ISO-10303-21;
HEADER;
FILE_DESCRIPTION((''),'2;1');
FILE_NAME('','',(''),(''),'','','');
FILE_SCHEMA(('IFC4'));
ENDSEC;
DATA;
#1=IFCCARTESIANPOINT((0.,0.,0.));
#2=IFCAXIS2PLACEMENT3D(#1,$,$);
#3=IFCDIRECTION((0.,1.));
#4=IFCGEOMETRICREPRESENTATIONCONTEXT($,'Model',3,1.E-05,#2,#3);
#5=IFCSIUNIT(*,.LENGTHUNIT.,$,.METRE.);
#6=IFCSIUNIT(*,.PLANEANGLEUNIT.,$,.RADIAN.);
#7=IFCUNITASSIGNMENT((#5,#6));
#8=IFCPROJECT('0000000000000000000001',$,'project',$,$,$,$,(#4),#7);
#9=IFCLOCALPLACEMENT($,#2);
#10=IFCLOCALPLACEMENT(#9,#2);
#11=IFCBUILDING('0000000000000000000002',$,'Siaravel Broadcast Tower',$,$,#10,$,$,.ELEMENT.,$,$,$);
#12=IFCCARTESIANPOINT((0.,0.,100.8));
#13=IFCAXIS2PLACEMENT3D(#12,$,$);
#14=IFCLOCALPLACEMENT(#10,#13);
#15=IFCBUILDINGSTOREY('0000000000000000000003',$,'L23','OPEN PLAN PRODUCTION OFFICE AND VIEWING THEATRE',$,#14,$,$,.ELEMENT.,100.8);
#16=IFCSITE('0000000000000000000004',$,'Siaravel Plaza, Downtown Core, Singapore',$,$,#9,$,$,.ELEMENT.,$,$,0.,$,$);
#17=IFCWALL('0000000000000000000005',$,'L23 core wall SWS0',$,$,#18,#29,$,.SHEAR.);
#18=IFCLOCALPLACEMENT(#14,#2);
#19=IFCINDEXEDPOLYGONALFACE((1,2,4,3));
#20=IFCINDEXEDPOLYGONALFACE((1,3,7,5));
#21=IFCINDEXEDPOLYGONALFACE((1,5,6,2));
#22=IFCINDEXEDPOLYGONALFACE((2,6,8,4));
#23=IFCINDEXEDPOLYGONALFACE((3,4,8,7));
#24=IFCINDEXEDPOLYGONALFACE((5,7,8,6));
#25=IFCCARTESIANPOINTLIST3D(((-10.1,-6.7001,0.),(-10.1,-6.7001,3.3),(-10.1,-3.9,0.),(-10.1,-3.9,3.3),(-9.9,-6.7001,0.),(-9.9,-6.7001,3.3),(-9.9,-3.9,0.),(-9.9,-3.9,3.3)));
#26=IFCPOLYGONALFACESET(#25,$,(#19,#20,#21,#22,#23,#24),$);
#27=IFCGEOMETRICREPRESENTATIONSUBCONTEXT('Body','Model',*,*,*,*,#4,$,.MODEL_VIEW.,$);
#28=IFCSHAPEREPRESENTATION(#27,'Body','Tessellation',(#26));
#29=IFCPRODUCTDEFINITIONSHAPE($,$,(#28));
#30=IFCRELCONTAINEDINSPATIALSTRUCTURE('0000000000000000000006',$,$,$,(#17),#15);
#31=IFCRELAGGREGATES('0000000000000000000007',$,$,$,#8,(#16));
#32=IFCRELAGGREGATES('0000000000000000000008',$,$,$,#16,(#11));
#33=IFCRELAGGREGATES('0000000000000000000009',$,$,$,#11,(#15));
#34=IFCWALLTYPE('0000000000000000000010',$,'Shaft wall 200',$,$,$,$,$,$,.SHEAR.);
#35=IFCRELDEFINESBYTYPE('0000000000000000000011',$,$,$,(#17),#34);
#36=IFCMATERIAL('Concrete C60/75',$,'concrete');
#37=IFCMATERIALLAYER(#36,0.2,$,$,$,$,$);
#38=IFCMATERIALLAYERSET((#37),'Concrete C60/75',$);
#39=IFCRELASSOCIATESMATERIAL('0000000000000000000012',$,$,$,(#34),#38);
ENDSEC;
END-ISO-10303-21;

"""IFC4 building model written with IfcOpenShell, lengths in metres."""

from ifc_helpers import new_model, si_unit, direction, frame, frame_2d, origin, place, context, subcontext, project, spatial, rectangle, extrude, material, layer, layer_set, type_object, element, save


model = new_model("IFC4")

# Units and contexts
model_context = context("Model", 3, precision=1e-05, world=origin(), true_north=direction((0.0, 1.0)))
body_context = subcontext(model_context, "Body", "Model", "MODEL_VIEW")
ifc_project = project(units=[si_unit("LENGTHUNIT", "METRE"), si_unit("PLANEANGLEUNIT", "RADIAN")], contexts=[model_context])

# Site, building, storey
site_placement = place(None, origin())
site = spatial("IfcSite", under=ifc_project, at=site_placement, Name="Siaravel Plaza, Downtown Core, Singapore", CompositionType="ELEMENT", RefElevation=0.0)
building_placement = place(site_placement, origin())
building = spatial("IfcBuilding", under=site, at=building_placement, Name="Siaravel Broadcast Tower", CompositionType="ELEMENT")
storey_placement = place(building_placement, frame((0.0, 0.0, 100.8)))
storey = spatial("IfcBuildingStorey", under=building, at=storey_placement, Name="L23", Description="OPEN PLAN PRODUCTION OFFICE AND VIEWING THEATRE", CompositionType="ELEMENT", Elevation=100.8)

# Shared definitions
ifc_material_1 = material(Name="Concrete C60/75", Category="concrete")

# Wall
ifc_layer_1 = layer(ifc_material_1, 0.2)
ifc_layer_set_1 = layer_set([ifc_layer_1], Name="Concrete C60/75")
wall_type_1 = type_object("IfcWallType", Name="Shaft wall 200", PredefinedType="SHEAR", material=ifc_layer_set_1)
wall_1_placement = place(storey_placement, frame((-10.0, -6.7, 0.0), z_axis=(0.0, 0.0, 1.0), x_axis=(0.0, 1.0, 0.0)))
element("IfcWall", 1, at=wall_1_placement, inside=storey, type_object=wall_type_1, Name="L23 core wall SWS0", PredefinedType="SHEAR", context=body_context, shape_type="SweptSolid", body=[
    extrude(rectangle(XDim=2.8, YDim=0.2, at=frame_2d((1.3999, 0.0))), origin(), (0.0, 0.0, 1.0), 3.3),
])

save(model, "model.ifc")
